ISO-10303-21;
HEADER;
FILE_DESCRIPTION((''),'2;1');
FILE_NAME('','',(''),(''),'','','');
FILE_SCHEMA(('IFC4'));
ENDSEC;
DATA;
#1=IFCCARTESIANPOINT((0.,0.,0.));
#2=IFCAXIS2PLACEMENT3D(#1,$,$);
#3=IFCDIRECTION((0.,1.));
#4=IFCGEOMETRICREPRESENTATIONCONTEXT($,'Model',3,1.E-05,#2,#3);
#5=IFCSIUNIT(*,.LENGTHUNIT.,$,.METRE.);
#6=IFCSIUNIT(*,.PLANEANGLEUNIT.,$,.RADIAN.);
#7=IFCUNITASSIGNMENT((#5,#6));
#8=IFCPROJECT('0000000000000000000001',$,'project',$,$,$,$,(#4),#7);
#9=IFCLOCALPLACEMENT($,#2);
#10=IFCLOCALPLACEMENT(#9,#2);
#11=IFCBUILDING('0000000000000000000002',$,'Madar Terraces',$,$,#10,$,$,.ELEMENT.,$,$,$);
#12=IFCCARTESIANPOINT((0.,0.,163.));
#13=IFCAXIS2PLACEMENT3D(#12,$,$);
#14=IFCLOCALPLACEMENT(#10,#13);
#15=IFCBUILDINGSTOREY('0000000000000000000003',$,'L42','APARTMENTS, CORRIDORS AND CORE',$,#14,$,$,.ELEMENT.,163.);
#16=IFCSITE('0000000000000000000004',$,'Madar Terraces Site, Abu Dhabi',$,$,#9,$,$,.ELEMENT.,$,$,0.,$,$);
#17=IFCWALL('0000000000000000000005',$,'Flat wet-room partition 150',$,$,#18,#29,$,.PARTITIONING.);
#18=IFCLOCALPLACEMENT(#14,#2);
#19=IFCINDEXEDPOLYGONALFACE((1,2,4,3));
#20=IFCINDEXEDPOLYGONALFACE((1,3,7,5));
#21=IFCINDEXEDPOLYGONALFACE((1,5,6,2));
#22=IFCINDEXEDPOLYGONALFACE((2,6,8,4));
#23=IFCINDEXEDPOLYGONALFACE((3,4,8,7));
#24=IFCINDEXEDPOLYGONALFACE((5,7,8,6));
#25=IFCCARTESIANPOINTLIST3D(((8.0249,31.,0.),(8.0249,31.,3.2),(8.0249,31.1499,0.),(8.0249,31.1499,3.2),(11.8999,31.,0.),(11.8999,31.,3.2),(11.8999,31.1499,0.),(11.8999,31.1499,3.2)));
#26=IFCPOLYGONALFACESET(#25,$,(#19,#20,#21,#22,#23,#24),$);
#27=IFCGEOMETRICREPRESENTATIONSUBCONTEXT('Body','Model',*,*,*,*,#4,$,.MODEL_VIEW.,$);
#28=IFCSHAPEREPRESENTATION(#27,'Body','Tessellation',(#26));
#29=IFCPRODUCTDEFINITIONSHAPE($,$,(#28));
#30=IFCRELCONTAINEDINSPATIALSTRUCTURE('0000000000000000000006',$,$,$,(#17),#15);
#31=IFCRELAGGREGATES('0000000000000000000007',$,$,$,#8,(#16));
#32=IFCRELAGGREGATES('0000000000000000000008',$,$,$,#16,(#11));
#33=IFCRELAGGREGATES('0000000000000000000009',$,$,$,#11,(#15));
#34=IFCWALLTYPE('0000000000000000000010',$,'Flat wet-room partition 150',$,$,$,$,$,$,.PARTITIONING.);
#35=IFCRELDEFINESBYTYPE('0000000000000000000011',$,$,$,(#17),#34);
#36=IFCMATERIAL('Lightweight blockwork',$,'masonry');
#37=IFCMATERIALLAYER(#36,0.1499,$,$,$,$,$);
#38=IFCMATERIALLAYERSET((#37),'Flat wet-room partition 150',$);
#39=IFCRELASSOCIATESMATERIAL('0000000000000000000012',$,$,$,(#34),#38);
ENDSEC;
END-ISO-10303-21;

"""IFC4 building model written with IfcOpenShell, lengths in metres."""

from ifc_helpers import new_model, si_unit, direction, frame, frame_2d, origin, place, context, subcontext, project, spatial, rectangle, extrude, material, layer, layer_set, type_object, element, save


model = new_model("IFC4")

# Units and contexts
model_context = context("Model", 3, precision=1e-05, world=origin(), true_north=direction((0.0, 1.0)))
body_context = subcontext(model_context, "Body", "Model", "MODEL_VIEW")
ifc_project = project(units=[si_unit("LENGTHUNIT", "METRE"), si_unit("PLANEANGLEUNIT", "RADIAN")], contexts=[model_context])

# Site, building, storey
site_placement = place(None, origin())
site = spatial("IfcSite", under=ifc_project, at=site_placement, Name="Madar Terraces Site, Abu Dhabi", CompositionType="ELEMENT", RefElevation=0.0)
building_placement = place(site_placement, origin())
building = spatial("IfcBuilding", under=site, at=building_placement, Name="Madar Terraces", CompositionType="ELEMENT")
storey_placement = place(building_placement, frame((0.0, 0.0, 163.0)))
storey = spatial("IfcBuildingStorey", under=building, at=storey_placement, Name="L42", Description="APARTMENTS, CORRIDORS AND CORE", CompositionType="ELEMENT", Elevation=163.0)

# Wall
ifc_material_1 = material(Name="Lightweight blockwork", Category="masonry")
ifc_layer_1 = layer(ifc_material_1, 0.1499)
ifc_layer_set_1 = layer_set([ifc_layer_1], Name="Flat wet-room partition 150")
wall_type_1 = type_object("IfcWallType", Name="Flat wet-room partition 150", PredefinedType="PARTITIONING", material=ifc_layer_set_1)
wall_1_placement = place(storey_placement, frame((11.8999, 31.075, 0.0), z_axis=(0.0, 0.0, 1.0), x_axis=(-1.0, 0.0, 0.0)))
element("IfcWall", 1, at=wall_1_placement, inside=storey, type_object=wall_type_1, Name="Flat wet-room partition 150", PredefinedType="PARTITIONING", context=body_context, shape_type="SweptSolid", body=[
    extrude(rectangle(XDim=3.875, YDim=0.1499, at=frame_2d((1.9375, 0.0))), origin(), (0.0, 0.0, 1.0), 3.2),
])

save(model, "model.ifc")
